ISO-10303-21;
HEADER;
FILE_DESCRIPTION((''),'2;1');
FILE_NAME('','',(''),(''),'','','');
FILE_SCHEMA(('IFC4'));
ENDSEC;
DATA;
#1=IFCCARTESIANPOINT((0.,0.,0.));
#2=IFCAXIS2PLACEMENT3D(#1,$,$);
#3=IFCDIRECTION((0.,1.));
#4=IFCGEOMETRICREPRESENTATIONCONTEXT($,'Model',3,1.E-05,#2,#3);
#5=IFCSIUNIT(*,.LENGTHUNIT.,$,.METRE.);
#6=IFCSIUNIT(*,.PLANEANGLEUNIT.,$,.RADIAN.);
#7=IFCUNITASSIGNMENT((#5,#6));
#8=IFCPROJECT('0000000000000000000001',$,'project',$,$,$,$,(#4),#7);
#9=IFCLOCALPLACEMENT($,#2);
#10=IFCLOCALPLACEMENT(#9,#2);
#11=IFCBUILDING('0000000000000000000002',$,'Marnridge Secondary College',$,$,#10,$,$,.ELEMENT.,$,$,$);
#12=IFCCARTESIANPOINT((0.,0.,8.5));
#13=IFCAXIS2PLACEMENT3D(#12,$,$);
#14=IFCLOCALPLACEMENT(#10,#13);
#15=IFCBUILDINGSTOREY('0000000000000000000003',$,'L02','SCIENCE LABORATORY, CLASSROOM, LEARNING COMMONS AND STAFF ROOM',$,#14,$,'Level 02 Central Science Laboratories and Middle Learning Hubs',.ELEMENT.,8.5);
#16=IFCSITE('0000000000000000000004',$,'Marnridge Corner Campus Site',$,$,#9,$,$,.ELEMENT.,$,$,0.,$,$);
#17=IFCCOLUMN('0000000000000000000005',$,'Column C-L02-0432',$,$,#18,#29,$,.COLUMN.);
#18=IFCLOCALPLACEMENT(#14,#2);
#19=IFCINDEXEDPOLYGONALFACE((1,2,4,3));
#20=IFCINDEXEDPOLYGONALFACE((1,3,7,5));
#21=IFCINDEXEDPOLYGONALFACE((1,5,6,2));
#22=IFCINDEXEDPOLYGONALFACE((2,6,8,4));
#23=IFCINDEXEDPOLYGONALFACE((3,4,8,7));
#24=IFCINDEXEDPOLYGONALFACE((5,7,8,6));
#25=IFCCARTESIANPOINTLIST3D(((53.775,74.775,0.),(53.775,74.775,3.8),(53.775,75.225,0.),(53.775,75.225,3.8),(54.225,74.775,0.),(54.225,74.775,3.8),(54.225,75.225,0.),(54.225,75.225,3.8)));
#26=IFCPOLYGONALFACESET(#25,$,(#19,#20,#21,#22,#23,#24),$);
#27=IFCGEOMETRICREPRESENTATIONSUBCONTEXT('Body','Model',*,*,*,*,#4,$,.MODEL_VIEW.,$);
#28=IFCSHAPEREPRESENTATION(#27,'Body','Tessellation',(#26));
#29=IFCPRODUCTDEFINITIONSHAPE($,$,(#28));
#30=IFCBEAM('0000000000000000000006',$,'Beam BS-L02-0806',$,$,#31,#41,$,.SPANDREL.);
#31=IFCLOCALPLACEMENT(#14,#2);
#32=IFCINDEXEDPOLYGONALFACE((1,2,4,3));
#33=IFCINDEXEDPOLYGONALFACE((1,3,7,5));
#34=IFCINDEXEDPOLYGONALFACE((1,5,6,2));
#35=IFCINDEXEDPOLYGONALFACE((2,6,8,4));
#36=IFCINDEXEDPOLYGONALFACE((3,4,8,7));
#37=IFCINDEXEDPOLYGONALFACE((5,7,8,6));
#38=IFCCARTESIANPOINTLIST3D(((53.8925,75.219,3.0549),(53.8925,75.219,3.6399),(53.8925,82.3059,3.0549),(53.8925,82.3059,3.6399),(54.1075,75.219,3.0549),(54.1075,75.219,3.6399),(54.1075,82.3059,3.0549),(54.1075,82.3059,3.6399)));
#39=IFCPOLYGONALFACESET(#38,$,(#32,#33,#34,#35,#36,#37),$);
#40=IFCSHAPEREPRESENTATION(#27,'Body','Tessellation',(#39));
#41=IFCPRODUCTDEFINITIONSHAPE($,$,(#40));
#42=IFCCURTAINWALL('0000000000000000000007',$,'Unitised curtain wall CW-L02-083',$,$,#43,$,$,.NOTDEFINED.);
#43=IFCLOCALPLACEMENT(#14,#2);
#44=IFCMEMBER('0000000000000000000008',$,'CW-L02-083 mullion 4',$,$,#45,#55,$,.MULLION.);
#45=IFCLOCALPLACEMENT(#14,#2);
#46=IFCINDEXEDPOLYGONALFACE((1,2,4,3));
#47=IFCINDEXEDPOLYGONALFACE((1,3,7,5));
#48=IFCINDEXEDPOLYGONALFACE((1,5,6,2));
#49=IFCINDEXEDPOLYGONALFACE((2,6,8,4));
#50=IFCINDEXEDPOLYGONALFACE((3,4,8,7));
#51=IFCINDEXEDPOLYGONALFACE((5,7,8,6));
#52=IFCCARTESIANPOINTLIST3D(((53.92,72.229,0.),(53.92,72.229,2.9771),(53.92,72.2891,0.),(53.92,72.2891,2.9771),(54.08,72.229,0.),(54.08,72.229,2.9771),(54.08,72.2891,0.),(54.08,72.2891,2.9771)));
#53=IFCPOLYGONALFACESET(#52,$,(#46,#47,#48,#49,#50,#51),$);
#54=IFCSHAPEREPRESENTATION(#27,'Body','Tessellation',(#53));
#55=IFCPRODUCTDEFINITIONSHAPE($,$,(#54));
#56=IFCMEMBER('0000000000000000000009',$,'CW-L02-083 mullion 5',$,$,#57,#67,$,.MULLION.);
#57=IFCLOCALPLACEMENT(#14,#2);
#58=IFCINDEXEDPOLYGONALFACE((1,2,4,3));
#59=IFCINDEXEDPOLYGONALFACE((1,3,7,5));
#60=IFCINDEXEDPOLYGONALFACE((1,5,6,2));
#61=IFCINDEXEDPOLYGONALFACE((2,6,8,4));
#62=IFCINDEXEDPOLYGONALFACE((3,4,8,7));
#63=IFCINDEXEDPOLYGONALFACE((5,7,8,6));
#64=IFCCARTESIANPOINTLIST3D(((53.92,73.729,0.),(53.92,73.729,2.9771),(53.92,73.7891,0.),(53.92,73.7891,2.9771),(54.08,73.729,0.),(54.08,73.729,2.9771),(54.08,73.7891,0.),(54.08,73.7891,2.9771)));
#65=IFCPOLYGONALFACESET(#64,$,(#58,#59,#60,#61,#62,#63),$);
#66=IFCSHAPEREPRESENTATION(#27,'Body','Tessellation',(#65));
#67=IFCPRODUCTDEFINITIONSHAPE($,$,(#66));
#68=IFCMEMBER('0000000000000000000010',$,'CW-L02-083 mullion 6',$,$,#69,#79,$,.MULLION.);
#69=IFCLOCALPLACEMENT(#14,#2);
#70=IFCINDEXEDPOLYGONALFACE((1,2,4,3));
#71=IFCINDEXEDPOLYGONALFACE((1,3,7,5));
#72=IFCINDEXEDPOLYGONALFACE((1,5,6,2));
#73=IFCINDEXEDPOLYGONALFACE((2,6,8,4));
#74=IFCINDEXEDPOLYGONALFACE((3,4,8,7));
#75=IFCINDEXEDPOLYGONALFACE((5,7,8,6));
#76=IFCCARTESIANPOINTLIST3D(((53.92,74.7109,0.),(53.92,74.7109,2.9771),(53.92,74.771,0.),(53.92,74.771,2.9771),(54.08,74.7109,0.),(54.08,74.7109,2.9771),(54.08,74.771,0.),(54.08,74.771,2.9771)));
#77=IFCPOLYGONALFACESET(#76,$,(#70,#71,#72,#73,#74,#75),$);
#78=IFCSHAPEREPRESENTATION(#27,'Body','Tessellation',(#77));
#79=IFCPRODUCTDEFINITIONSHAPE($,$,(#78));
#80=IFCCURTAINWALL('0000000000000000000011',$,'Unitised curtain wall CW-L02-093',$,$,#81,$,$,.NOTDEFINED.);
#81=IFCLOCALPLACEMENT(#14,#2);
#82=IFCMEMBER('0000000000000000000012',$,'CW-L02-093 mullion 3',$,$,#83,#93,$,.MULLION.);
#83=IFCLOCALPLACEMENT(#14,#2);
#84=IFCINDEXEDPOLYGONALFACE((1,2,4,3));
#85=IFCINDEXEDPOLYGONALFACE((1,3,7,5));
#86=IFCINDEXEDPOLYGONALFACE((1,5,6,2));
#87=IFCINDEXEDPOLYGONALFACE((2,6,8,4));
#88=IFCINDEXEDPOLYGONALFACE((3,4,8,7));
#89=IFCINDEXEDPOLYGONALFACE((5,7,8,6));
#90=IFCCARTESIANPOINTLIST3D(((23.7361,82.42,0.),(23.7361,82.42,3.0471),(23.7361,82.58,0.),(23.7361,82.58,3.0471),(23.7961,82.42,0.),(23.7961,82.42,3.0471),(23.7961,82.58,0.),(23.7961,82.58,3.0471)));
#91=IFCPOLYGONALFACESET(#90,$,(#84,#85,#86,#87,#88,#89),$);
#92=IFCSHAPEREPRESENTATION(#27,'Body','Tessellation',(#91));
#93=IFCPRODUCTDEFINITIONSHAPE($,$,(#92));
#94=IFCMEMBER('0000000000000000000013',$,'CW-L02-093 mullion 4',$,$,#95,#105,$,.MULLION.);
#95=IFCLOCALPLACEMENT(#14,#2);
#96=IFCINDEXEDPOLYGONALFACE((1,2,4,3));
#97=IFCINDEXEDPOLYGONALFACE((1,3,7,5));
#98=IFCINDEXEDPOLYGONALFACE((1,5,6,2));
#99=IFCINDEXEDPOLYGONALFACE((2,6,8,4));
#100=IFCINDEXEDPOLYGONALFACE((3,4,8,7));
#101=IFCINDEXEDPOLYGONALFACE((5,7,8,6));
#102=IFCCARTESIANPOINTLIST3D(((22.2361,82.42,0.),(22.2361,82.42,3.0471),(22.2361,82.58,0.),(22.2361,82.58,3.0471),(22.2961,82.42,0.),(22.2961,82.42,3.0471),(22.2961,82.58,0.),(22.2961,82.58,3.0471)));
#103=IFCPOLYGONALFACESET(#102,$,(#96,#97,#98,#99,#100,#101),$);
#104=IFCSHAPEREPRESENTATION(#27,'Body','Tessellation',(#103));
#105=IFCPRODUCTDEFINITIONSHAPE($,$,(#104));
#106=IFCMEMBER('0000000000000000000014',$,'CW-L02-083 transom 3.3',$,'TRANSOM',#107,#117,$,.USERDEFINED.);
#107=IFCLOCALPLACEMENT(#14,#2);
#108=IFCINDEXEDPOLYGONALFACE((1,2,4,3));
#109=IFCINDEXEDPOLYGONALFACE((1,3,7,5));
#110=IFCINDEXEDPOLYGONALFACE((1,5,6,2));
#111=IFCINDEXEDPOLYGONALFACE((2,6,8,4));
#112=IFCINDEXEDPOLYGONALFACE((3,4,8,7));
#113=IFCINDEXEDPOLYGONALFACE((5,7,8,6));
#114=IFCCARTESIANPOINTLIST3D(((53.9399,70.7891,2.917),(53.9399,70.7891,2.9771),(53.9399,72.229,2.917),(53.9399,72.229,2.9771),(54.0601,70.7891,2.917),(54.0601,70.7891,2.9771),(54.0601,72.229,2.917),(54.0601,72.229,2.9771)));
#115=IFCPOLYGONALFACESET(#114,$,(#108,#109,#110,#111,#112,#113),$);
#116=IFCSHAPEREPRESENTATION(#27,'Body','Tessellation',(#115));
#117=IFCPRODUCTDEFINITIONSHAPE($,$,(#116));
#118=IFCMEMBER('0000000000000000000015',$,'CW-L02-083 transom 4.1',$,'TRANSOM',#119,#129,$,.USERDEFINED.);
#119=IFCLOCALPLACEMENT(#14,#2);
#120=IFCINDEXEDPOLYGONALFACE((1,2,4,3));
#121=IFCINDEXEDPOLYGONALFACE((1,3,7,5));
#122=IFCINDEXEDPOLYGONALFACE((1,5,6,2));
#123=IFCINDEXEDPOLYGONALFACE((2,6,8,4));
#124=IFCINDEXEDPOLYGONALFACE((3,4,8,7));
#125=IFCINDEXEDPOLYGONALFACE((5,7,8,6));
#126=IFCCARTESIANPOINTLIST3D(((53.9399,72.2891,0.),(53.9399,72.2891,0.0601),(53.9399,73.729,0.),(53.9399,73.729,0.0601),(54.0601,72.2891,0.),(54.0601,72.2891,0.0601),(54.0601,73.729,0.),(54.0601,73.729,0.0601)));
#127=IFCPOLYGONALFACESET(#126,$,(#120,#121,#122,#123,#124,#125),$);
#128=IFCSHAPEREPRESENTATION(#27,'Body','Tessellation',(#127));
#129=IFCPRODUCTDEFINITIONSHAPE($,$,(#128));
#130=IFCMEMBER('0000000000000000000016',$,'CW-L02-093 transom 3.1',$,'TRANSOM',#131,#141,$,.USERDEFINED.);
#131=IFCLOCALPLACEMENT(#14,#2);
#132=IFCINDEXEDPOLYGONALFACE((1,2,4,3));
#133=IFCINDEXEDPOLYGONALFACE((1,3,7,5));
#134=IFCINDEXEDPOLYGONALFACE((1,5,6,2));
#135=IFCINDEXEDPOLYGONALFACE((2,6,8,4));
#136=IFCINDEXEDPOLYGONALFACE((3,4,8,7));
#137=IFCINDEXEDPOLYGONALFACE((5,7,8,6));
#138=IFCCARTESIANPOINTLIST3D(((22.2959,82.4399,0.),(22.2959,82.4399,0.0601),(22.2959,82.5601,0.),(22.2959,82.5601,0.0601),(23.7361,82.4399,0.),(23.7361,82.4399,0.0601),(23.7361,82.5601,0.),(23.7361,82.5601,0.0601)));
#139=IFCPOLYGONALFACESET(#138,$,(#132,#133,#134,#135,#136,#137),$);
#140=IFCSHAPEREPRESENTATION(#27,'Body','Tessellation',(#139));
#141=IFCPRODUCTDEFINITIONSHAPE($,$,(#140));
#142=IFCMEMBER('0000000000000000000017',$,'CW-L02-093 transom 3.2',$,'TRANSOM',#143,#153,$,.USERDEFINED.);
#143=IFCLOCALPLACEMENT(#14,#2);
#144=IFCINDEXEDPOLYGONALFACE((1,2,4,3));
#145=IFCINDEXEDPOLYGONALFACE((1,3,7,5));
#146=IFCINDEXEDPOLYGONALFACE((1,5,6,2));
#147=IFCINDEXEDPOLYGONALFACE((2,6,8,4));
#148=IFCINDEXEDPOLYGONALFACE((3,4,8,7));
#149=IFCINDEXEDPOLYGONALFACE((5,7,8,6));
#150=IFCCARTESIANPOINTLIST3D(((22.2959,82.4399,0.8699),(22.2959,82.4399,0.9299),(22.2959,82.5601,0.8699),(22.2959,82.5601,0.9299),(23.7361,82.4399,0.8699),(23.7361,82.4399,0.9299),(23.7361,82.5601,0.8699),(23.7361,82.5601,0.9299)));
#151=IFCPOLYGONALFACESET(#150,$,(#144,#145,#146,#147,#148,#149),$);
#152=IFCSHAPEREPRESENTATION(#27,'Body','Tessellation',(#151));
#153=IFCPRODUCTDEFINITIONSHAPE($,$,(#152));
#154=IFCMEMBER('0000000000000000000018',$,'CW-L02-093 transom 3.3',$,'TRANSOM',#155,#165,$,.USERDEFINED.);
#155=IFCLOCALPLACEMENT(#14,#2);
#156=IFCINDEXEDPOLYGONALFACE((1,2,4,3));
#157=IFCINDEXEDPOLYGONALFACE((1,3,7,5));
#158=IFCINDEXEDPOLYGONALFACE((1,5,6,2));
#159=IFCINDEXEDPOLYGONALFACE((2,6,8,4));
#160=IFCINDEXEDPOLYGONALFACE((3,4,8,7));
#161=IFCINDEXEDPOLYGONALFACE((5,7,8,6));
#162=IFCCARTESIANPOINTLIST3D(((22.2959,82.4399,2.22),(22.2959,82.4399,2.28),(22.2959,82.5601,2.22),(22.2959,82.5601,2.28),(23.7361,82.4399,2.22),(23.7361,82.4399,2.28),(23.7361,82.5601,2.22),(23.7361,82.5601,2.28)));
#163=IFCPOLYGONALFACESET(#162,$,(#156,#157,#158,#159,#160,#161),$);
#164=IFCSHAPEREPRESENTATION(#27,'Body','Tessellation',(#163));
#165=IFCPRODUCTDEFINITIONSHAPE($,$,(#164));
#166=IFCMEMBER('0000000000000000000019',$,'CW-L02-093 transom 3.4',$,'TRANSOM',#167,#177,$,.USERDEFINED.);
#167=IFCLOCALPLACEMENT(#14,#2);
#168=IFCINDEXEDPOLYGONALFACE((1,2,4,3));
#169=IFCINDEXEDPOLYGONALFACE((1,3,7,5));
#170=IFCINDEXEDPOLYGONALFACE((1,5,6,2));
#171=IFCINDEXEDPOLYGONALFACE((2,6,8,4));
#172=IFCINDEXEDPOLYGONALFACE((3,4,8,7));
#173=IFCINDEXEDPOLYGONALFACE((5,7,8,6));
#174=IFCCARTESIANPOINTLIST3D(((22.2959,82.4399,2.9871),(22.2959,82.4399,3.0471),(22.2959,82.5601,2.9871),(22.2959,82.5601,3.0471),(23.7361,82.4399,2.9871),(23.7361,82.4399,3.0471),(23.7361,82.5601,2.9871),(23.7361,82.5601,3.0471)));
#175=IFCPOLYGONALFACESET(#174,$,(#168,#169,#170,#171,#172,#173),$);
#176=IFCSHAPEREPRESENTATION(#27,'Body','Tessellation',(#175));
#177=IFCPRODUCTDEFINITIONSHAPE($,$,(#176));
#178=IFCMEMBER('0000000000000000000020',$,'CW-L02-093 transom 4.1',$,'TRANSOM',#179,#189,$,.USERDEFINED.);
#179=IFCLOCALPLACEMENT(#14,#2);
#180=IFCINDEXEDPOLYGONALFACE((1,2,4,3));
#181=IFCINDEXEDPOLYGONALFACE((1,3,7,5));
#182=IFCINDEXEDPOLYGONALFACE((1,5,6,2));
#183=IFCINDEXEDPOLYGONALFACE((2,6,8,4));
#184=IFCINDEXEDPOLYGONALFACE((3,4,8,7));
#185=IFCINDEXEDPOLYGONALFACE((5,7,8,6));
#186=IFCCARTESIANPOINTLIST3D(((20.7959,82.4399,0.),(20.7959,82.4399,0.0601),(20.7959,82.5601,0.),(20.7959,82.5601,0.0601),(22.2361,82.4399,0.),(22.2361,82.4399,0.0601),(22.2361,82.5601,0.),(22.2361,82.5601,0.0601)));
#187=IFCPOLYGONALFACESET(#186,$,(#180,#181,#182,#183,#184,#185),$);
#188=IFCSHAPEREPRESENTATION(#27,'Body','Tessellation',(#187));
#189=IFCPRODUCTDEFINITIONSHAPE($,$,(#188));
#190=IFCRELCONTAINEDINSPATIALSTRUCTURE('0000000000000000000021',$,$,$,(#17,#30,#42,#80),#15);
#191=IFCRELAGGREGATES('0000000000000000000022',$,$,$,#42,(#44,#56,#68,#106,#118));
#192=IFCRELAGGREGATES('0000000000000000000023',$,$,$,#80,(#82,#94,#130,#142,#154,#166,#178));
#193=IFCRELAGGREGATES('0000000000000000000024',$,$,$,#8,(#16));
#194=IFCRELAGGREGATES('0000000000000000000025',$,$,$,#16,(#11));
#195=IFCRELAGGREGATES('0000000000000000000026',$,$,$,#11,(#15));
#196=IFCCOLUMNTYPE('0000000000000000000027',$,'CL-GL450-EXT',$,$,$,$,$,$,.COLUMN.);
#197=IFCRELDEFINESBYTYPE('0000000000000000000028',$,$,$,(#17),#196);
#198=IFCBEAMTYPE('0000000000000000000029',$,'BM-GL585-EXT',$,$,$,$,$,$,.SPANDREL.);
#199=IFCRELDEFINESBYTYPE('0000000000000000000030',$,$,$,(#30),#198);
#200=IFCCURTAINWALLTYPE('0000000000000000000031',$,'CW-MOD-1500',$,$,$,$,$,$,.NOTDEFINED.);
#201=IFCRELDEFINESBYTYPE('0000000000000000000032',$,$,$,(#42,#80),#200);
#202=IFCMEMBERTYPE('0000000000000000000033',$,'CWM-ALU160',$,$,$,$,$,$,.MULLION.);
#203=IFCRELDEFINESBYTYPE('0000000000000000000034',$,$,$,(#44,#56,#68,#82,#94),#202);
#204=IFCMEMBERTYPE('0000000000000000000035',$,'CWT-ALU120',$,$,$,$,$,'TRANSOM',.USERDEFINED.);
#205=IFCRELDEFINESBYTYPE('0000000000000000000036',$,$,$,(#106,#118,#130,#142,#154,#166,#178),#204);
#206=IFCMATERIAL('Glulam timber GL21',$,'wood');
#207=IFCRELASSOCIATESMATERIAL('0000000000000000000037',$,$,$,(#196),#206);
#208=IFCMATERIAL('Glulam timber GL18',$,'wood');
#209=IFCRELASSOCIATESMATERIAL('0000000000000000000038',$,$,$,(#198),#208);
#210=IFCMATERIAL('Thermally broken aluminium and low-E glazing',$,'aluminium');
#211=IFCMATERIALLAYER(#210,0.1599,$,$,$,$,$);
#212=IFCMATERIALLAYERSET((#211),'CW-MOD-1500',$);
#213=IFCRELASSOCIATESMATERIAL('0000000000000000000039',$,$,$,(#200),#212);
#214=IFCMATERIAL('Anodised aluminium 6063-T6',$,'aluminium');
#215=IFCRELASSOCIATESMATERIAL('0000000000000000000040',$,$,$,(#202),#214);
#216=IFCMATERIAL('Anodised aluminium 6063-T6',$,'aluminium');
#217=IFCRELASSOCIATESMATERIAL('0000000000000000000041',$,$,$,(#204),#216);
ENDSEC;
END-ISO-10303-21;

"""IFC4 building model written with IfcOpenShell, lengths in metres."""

from ifc_helpers import new_model, si_unit, direction, frame, origin, origin_2d, place, context, subcontext, project, spatial, rectangle, extrude, material, layer, layer_set, material_profile, profile_set, type_object, element, aggregate, save


model = new_model("IFC4")

# Units and contexts
model_context = context("Model", 3, precision=1e-05, world=origin(), true_north=direction((0.0, 1.0)))
body_context = subcontext(model_context, "Body", "Model", "MODEL_VIEW")
ifc_project = project(units=[si_unit("LENGTHUNIT", "METRE"), si_unit("PLANEANGLEUNIT", "RADIAN")], contexts=[model_context])

# Site, building, storey
site_placement = place(None, origin())
site = spatial("IfcSite", under=ifc_project, at=site_placement, Name="Marnridge Corner Campus Site", CompositionType="ELEMENT", RefElevation=0.0)
building_placement = place(site_placement, origin())
building = spatial("IfcBuilding", under=site, at=building_placement, Name="Marnridge Secondary College", CompositionType="ELEMENT")
storey_placement = place(building_placement, frame((0.0, 0.0, 8.5)))
storey = spatial("IfcBuildingStorey", under=building, at=storey_placement, Name="L02", Description="SCIENCE LABORATORY, CLASSROOM, LEARNING COMMONS AND STAFF ROOM", LongName="Level 02 Central Science Laboratories and Middle Learning Hubs", CompositionType="ELEMENT", Elevation=8.5)

# Column
ifc_material_1 = material(Name="Glulam timber GL21", Category="wood")
ifc_material_profile_1 = material_profile(ifc_material_1, rectangle(XDim=0.45, YDim=0.45, at=origin_2d()), Name="GL21 450x450")
ifc_profile_set_1 = profile_set([ifc_material_profile_1], Name="Glulam timber GL21")
column_type = type_object("IfcColumnType", Name="CL-GL450-EXT", PredefinedType="COLUMN", material=ifc_profile_set_1)
column_placement = place(storey_placement, frame((54.0, 75.0, 0.0), z_axis=(0.0, 0.0, 1.0), x_axis=(1.0, 0.0, 0.0)))
element("IfcColumn", 1, at=column_placement, inside=storey, type_object=column_type, Name="Column C-L02-0432", PredefinedType="COLUMN", context=body_context, shape_type="SweptSolid", body=[
    extrude(rectangle(XDim=0.45, YDim=0.45, at=origin_2d()), origin(), (0.0, 0.0, 1.0), 3.8),
])

# Beam
ifc_material_2 = material(Name="Glulam timber GL18", Category="wood")
ifc_material_profile_2 = material_profile(ifc_material_2, rectangle(XDim=0.2151, YDim=0.585, at=origin_2d()), Name="GL18 215x585")
ifc_profile_set_2 = profile_set([ifc_material_profile_2], Name="Glulam timber GL18")
beam_type = type_object("IfcBeamType", Name="BM-GL585-EXT", PredefinedType="SPANDREL", material=ifc_profile_set_2)
beam_placement = place(storey_placement, frame((54.0, 75.219, 3.3474), z_axis=(0.0, 1.0, 0.0), x_axis=(-1.0, 0.0, 0.0)))
element("IfcBeam", 2, at=beam_placement, inside=storey, type_object=beam_type, Name="Beam BS-L02-0806", PredefinedType="SPANDREL", context=body_context, shape_type="SweptSolid", body=[
    extrude(rectangle(XDim=0.2151, YDim=0.585, at=origin_2d()), origin(), (0.0, 0.0, 1.0), 7.0869),
])

# Curtain walls, members
ifc_material_3 = material(Name="Thermally broken aluminium and low-E glazing", Category="aluminium")
ifc_layer_1 = layer(ifc_material_3, 0.1599)
ifc_layer_set_1 = layer_set([ifc_layer_1], Name="CW-MOD-1500")
curtain_wall_type = type_object("IfcCurtainWallType", Name="CW-MOD-1500", PredefinedType="NOTDEFINED", material=ifc_layer_set_1)
curtain_wall_1_placement = place(storey_placement, origin())
curtain_wall_1 = element("IfcCurtainWall", 3, at=curtain_wall_1_placement, inside=storey, type_object=curtain_wall_type, Name="Unitised curtain wall CW-L02-083", PredefinedType="NOTDEFINED")
ifc_material_4 = material(Name="Anodised aluminium 6063-T6", Category="aluminium")
ifc_material_profile_3 = material_profile(ifc_material_4, rectangle(XDim=0.0601, YDim=0.1599, at=origin_2d()), Name="ALU 60x160")
ifc_profile_set_3 = profile_set([ifc_material_profile_3], Name="Anodised aluminium 6063-T6")
member_type_1 = type_object("IfcMemberType", Name="CWM-ALU160", PredefinedType="MULLION", material=ifc_profile_set_3)
member_1_placement = place(storey_placement, frame((54.0, 72.259, 0.0), z_axis=(0.0, 0.0, 1.0), x_axis=(0.0, 1.0, 0.0)))
member_1 = element("IfcMember", 4, at=member_1_placement, type_object=member_type_1, Name="CW-L02-083 mullion 4", PredefinedType="MULLION", context=body_context, shape_type="SweptSolid", body=[
    extrude(rectangle(XDim=0.0601, YDim=0.1599, at=origin_2d()), origin(), (0.0, 0.0, 1.0), 2.9771),
])
member_2_placement = place(storey_placement, frame((54.0, 73.759, 0.0), z_axis=(0.0, 0.0, 1.0), x_axis=(0.0, 1.0, 0.0)))
member_2 = element("IfcMember", 5, at=member_2_placement, type_object=member_type_1, Name="CW-L02-083 mullion 5", PredefinedType="MULLION", context=body_context, shape_type="SweptSolid", body=[
    extrude(rectangle(XDim=0.0601, YDim=0.1599, at=origin_2d()), origin(), (0.0, 0.0, 1.0), 2.9771),
])
member_3_placement = place(storey_placement, frame((54.0, 74.741, 0.0), z_axis=(0.0, 0.0, 1.0), x_axis=(0.0, 1.0, 0.0)))
member_3 = element("IfcMember", 6, at=member_3_placement, type_object=member_type_1, Name="CW-L02-083 mullion 6", PredefinedType="MULLION", context=body_context, shape_type="SweptSolid", body=[
    extrude(rectangle(XDim=0.0601, YDim=0.1599, at=origin_2d()), origin(), (0.0, 0.0, 1.0), 2.9771),
])
curtain_wall_2_placement = place(storey_placement, origin())
curtain_wall_2 = element("IfcCurtainWall", 7, at=curtain_wall_2_placement, inside=storey, type_object=curtain_wall_type, Name="Unitised curtain wall CW-L02-093", PredefinedType="NOTDEFINED")
member_4_placement = place(storey_placement, frame((23.7661, 82.5, 0.0), z_axis=(0.0, 0.0, 1.0), x_axis=(-1.0, 0.0, 0.0)))
member_4 = element("IfcMember", 8, at=member_4_placement, type_object=member_type_1, Name="CW-L02-093 mullion 3", PredefinedType="MULLION", context=body_context, shape_type="SweptSolid", body=[
    extrude(rectangle(XDim=0.0601, YDim=0.1599, at=origin_2d()), origin(), (0.0, 0.0, 1.0), 3.0471),
])
member_5_placement = place(storey_placement, frame((22.2661, 82.5, 0.0), z_axis=(0.0, 0.0, 1.0), x_axis=(-1.0, 0.0, 0.0)))
member_5 = element("IfcMember", 9, at=member_5_placement, type_object=member_type_1, Name="CW-L02-093 mullion 4", PredefinedType="MULLION", context=body_context, shape_type="SweptSolid", body=[
    extrude(rectangle(XDim=0.0601, YDim=0.1599, at=origin_2d()), origin(), (0.0, 0.0, 1.0), 3.0471),
])

# Members
ifc_material_5 = material(Name="Anodised aluminium 6063-T6", Category="aluminium")
ifc_material_profile_4 = material_profile(ifc_material_5, rectangle(XDim=0.0601, YDim=0.1201, at=origin_2d()), Name="ALU 60x120")
ifc_profile_set_4 = profile_set([ifc_material_profile_4], Name="Anodised aluminium 6063-T6")
member_type_2 = type_object("IfcMemberType", Name="CWT-ALU120", ElementType="TRANSOM", PredefinedType="USERDEFINED", material=ifc_profile_set_4)
member_6_placement = place(storey_placement, frame((54.0, 70.7891, 2.947), z_axis=(0.0, 1.0, 0.0), x_axis=(0.0, 0.0, 1.0)))
member_6 = element("IfcMember", 10, at=member_6_placement, type_object=member_type_2, Name="CW-L02-083 transom 3.3", ObjectType="TRANSOM", PredefinedType="USERDEFINED", context=body_context, shape_type="SweptSolid", body=[
    extrude(rectangle(XDim=0.0601, YDim=0.1201, at=origin_2d()), origin(), (0.0, 0.0, 1.0), 1.4399),
])
member_7_placement = place(storey_placement, frame((54.0, 72.2891, 0.03), z_axis=(0.0, 1.0, 0.0), x_axis=(0.0, 0.0, 1.0)))
member_7 = element("IfcMember", 11, at=member_7_placement, type_object=member_type_2, Name="CW-L02-083 transom 4.1", ObjectType="TRANSOM", PredefinedType="USERDEFINED", context=body_context, shape_type="SweptSolid", body=[
    extrude(rectangle(XDim=0.0601, YDim=0.1201, at=origin_2d()), origin(), (0.0, 0.0, 1.0), 1.4399),
])
member_8_placement = place(storey_placement, frame((23.7361, 82.5, 0.03), z_axis=(-1.0, 0.0, 0.0), x_axis=(0.0, 0.0, 1.0)))
member_8 = element("IfcMember", 12, at=member_8_placement, type_object=member_type_2, Name="CW-L02-093 transom 3.1", ObjectType="TRANSOM", PredefinedType="USERDEFINED", context=body_context, shape_type="SweptSolid", body=[
    extrude(rectangle(XDim=0.0601, YDim=0.1201, at=origin_2d()), origin(), (0.0, 0.0, 1.0), 1.4402),
])
member_9_placement = place(storey_placement, frame((23.7361, 82.5, 0.8999), z_axis=(-1.0, 0.0, 0.0), x_axis=(0.0, 0.0, 1.0)))
member_9 = element("IfcMember", 13, at=member_9_placement, type_object=member_type_2, Name="CW-L02-093 transom 3.2", ObjectType="TRANSOM", PredefinedType="USERDEFINED", context=body_context, shape_type="SweptSolid", body=[
    extrude(rectangle(XDim=0.0601, YDim=0.1201, at=origin_2d()), origin(), (0.0, 0.0, 1.0), 1.4402),
])
member_10_placement = place(storey_placement, frame((23.7361, 82.5, 2.25), z_axis=(-1.0, 0.0, 0.0), x_axis=(0.0, 0.0, 1.0)))
member_10 = element("IfcMember", 14, at=member_10_placement, type_object=member_type_2, Name="CW-L02-093 transom 3.3", ObjectType="TRANSOM", PredefinedType="USERDEFINED", context=body_context, shape_type="SweptSolid", body=[
    extrude(rectangle(XDim=0.0601, YDim=0.1201, at=origin_2d()), origin(), (0.0, 0.0, 1.0), 1.4402),
])
member_11_placement = place(storey_placement, frame((23.7361, 82.5, 3.0171), z_axis=(-1.0, 0.0, 0.0), x_axis=(0.0, 0.0, 1.0)))
member_11 = element("IfcMember", 15, at=member_11_placement, type_object=member_type_2, Name="CW-L02-093 transom 3.4", ObjectType="TRANSOM", PredefinedType="USERDEFINED", context=body_context, shape_type="SweptSolid", body=[
    extrude(rectangle(XDim=0.0601, YDim=0.1201, at=origin_2d()), origin(), (0.0, 0.0, 1.0), 1.4402),
])
member_12_placement = place(storey_placement, frame((22.2361, 82.5, 0.03), z_axis=(-1.0, 0.0, 0.0), x_axis=(0.0, 0.0, 1.0)))
member_12 = element("IfcMember", 16, at=member_12_placement, type_object=member_type_2, Name="CW-L02-093 transom 4.1", ObjectType="TRANSOM", PredefinedType="USERDEFINED", context=body_context, shape_type="SweptSolid", body=[
    extrude(rectangle(XDim=0.0601, YDim=0.1201, at=origin_2d()), origin(), (0.0, 0.0, 1.0), 1.4402),
])

aggregate(curtain_wall_1, [member_1, member_2, member_3, member_6, member_7])
aggregate(curtain_wall_2, [member_4, member_5, member_8, member_9, member_10, member_11, member_12])

save(model, "model.ifc")
